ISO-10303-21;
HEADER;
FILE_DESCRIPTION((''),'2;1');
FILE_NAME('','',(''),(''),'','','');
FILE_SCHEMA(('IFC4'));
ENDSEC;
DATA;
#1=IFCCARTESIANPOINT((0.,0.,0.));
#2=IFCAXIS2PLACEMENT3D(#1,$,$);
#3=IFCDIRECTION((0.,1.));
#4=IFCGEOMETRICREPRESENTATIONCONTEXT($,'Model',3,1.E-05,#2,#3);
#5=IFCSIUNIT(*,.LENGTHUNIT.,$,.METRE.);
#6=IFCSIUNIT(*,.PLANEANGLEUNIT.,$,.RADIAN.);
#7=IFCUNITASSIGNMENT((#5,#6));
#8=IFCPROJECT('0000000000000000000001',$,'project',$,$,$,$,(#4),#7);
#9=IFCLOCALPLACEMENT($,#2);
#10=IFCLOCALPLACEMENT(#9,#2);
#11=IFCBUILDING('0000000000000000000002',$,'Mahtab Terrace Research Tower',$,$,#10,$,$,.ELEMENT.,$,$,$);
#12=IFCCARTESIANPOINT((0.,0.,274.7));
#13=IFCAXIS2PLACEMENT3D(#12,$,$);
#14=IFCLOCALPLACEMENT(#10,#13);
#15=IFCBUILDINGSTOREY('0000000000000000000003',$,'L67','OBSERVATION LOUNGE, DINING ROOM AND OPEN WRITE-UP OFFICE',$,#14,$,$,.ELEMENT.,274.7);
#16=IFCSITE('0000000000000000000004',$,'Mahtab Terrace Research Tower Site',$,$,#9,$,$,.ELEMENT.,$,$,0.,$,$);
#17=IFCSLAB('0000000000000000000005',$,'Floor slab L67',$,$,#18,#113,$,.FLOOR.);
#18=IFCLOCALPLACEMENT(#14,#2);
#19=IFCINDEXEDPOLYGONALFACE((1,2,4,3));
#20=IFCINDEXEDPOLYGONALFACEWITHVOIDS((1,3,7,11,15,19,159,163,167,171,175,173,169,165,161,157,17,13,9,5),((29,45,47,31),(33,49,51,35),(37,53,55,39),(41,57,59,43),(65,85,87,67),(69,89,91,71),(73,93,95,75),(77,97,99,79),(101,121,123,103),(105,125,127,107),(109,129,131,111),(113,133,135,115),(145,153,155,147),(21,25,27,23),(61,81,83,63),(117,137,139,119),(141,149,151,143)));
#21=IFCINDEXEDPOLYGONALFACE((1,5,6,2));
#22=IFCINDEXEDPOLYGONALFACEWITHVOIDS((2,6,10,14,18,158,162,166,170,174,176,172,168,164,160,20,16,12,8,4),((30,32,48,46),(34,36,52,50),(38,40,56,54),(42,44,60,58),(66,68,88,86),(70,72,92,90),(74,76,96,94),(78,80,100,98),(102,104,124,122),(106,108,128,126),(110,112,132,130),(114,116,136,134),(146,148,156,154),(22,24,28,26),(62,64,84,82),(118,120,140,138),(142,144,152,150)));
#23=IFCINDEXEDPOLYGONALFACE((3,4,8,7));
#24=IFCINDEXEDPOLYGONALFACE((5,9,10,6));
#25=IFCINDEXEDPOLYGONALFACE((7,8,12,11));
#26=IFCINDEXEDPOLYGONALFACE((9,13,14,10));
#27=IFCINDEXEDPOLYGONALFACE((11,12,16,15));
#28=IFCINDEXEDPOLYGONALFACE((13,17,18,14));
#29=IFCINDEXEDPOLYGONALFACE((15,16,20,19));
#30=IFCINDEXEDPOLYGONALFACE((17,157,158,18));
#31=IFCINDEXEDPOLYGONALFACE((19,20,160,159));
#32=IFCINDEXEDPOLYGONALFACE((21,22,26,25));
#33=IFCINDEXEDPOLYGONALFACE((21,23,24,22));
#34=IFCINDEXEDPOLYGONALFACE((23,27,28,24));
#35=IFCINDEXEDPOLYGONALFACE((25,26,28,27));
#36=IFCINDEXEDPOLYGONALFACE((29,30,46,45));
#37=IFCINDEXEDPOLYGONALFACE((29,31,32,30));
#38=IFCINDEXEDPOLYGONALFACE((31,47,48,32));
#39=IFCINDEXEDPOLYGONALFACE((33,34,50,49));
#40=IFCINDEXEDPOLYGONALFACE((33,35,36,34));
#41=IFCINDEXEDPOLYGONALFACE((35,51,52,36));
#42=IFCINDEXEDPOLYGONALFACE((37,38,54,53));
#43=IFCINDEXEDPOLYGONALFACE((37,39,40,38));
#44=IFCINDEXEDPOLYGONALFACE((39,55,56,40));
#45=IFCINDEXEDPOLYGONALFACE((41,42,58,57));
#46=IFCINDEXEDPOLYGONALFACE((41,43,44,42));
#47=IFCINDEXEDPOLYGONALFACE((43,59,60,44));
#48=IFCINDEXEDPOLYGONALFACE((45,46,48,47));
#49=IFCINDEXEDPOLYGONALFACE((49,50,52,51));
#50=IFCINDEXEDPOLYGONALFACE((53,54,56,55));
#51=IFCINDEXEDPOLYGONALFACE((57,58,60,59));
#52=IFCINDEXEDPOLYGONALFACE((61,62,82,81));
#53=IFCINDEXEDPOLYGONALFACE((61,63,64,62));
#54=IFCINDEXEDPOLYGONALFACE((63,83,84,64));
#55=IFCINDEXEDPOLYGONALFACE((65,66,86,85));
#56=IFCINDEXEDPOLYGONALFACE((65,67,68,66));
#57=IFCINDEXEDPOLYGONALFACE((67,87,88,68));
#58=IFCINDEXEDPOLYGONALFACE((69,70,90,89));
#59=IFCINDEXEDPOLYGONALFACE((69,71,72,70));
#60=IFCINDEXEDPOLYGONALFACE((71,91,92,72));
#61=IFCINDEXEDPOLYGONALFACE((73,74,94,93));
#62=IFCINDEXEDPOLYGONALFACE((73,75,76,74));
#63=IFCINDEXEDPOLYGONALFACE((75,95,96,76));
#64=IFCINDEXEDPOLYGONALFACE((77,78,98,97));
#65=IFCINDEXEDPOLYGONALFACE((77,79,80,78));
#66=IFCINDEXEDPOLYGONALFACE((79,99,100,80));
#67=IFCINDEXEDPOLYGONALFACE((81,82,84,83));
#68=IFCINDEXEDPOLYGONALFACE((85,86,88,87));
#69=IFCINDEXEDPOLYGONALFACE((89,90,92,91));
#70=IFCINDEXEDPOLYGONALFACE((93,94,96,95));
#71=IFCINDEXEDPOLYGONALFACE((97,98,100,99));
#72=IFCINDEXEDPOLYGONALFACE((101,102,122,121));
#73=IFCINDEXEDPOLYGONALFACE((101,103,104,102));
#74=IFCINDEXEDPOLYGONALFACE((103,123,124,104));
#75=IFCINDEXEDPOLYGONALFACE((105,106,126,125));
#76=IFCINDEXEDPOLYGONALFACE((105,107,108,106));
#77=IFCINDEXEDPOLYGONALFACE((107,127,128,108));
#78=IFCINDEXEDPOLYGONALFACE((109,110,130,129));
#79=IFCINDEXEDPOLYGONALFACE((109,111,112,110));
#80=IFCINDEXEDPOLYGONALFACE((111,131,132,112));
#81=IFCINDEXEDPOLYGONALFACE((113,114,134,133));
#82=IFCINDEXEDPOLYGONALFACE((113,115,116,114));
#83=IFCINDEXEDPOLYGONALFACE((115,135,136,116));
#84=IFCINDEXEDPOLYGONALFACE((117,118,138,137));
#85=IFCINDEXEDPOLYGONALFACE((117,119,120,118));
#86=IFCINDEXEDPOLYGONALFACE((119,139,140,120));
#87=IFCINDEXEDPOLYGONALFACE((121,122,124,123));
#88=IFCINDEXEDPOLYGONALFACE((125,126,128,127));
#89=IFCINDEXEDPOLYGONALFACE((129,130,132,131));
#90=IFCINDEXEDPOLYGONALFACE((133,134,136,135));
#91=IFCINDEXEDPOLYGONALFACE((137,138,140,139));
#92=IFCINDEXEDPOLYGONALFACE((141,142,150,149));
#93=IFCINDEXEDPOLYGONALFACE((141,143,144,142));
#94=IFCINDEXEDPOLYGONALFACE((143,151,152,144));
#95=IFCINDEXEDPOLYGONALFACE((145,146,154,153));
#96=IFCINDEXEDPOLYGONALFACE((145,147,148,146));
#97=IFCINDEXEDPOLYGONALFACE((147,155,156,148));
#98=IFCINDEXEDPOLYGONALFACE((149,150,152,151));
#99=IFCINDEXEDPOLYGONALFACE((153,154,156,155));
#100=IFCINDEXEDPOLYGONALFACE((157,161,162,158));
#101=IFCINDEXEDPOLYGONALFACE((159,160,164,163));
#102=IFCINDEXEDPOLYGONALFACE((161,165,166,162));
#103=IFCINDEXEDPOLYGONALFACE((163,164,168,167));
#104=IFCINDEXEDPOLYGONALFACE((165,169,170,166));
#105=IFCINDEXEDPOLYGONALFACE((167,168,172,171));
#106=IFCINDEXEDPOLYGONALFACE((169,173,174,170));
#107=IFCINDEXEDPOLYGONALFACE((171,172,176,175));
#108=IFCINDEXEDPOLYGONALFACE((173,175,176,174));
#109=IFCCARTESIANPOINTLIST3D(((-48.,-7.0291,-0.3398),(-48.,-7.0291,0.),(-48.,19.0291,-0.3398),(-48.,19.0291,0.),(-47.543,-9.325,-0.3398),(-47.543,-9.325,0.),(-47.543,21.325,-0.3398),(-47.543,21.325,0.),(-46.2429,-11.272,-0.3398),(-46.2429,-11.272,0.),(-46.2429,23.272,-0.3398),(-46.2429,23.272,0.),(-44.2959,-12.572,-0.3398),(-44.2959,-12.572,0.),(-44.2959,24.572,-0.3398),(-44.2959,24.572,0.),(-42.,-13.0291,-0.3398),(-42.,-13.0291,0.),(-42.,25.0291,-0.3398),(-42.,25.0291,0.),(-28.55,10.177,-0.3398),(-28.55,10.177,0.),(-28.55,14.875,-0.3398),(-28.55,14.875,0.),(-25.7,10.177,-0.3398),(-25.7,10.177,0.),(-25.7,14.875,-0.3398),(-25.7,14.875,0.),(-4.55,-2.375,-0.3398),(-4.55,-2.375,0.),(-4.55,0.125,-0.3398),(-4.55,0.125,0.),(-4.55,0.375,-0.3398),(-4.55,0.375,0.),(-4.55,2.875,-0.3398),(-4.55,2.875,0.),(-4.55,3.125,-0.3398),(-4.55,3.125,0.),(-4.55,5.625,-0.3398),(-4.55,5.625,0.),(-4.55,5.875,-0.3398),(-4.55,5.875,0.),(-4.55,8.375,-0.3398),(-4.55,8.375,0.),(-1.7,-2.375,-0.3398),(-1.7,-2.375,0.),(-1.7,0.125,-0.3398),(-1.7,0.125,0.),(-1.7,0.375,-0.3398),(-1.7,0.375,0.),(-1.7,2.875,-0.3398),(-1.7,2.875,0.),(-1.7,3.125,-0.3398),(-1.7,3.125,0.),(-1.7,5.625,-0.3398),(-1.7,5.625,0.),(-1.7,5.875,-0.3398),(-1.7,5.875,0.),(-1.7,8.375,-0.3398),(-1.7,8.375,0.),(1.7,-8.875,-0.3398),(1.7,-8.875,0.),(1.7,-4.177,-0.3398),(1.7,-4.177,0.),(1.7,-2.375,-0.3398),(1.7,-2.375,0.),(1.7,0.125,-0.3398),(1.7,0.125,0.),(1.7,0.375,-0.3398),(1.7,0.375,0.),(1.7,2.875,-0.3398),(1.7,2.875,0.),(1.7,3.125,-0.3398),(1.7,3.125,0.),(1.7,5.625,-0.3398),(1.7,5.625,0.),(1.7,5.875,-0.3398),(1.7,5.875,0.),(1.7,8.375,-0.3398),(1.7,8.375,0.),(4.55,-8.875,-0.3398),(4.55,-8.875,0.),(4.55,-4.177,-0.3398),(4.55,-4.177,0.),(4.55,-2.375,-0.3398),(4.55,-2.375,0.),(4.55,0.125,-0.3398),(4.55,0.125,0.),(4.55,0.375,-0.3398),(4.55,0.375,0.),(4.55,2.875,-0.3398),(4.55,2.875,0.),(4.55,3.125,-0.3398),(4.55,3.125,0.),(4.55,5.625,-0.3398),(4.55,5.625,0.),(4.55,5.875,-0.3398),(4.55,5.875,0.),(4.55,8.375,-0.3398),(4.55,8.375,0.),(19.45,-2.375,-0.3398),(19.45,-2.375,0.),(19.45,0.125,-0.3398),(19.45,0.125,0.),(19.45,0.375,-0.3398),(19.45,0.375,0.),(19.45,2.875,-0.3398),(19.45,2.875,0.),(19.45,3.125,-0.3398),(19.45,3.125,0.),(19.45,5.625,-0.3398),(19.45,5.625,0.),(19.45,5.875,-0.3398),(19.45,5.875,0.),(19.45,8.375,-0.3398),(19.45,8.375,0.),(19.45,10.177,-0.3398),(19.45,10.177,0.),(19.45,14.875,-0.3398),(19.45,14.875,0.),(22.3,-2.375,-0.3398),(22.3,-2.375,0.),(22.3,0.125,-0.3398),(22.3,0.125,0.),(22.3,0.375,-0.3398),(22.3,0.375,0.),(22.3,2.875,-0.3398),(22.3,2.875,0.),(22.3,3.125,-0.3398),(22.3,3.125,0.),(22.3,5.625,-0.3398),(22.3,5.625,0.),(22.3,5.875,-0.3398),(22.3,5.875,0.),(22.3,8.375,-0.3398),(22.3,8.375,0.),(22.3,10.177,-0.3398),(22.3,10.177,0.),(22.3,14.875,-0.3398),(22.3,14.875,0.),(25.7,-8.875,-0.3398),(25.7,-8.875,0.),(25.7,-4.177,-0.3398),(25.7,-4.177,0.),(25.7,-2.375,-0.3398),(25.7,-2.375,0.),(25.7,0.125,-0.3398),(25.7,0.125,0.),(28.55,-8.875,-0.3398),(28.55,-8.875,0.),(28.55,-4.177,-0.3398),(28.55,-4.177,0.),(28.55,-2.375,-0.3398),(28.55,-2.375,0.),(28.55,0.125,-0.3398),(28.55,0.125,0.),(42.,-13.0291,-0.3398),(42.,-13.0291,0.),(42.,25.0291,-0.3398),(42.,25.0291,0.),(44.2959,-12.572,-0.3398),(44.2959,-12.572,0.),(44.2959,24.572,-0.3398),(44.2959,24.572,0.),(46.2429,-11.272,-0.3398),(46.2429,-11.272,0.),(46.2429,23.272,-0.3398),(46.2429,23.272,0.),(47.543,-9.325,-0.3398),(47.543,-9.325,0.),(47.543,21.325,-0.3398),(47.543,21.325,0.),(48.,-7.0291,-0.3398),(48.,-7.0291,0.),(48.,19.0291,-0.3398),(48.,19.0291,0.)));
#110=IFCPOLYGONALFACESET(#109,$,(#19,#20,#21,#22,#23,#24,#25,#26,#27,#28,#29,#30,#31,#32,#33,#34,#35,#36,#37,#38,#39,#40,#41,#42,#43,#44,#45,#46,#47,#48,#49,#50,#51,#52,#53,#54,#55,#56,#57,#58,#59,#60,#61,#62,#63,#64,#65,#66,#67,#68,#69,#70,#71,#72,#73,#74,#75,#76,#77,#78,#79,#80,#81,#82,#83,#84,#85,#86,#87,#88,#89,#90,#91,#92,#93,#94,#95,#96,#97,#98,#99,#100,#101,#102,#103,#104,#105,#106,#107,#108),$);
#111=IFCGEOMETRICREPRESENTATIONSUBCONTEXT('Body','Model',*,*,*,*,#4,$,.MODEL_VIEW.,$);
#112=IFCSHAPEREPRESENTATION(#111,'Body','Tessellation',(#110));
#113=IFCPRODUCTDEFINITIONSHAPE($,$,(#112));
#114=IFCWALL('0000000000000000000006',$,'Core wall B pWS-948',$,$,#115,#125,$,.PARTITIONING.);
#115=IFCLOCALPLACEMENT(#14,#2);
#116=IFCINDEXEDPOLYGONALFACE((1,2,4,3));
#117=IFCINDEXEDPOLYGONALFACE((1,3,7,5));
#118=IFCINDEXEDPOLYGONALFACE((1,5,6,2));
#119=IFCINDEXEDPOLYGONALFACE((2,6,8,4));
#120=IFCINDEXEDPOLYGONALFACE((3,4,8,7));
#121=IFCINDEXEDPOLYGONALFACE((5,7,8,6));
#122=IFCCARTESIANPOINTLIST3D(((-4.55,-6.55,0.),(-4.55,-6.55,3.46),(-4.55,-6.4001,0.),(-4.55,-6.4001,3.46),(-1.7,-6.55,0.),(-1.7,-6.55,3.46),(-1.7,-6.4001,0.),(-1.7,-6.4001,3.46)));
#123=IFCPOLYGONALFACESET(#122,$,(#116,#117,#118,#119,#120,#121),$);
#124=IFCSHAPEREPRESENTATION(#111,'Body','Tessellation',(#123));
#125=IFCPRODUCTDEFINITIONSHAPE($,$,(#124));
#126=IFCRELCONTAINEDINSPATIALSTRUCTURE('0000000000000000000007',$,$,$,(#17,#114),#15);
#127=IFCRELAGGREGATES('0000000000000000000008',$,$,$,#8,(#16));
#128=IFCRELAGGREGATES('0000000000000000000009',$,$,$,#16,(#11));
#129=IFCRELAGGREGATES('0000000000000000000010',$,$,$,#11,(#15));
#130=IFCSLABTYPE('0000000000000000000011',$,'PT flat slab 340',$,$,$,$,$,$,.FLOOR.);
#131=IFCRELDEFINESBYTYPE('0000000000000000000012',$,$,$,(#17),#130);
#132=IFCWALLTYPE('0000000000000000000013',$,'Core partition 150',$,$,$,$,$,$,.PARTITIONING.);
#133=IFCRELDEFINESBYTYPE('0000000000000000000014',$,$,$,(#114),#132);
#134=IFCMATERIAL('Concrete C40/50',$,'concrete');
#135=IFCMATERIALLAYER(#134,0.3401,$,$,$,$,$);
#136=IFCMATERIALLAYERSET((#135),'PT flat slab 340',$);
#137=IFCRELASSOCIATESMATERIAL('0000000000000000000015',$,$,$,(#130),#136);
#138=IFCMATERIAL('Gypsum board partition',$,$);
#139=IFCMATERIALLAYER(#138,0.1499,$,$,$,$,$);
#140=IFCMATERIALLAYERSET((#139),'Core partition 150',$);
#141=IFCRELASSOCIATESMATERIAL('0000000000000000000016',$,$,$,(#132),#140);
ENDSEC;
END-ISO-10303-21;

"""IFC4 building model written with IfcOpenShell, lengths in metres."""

from ifc_helpers import new_model, si_unit, direction, frame, frame_2d, origin, place, context, subcontext, project, spatial, polyline, rectangle, outline, extrude, material, layer, layer_set, type_object, element, save


model = new_model("IFC4")

# Units and contexts
model_context = context("Model", 3, precision=1e-05, world=origin(), true_north=direction((0.0, 1.0)))
body_context = subcontext(model_context, "Body", "Model", "MODEL_VIEW")
ifc_project = project(units=[si_unit("LENGTHUNIT", "METRE"), si_unit("PLANEANGLEUNIT", "RADIAN")], contexts=[model_context])

# Site, building, storey
site_placement = place(None, origin())
site = spatial("IfcSite", under=ifc_project, at=site_placement, Name="Mahtab Terrace Research Tower Site", CompositionType="ELEMENT", RefElevation=0.0)
building_placement = place(site_placement, origin())
building = spatial("IfcBuilding", under=site, at=building_placement, Name="Mahtab Terrace Research Tower", CompositionType="ELEMENT")
storey_placement = place(building_placement, frame((0.0, 0.0, 274.7)))
storey = spatial("IfcBuildingStorey", under=building, at=storey_placement, Name="L67", Description="OBSERVATION LOUNGE, DINING ROOM AND OPEN WRITE-UP OFFICE", CompositionType="ELEMENT", Elevation=274.7)

# Shared definitions
ifc_material_1 = material(Name="Concrete C40/50", Category="concrete")

# Slab
ifc_layer_1 = layer(ifc_material_1, 0.3401)
ifc_layer_set_1 = layer_set([ifc_layer_1], Name="PT flat slab 340")
slab_type_1 = type_object("IfcSlabType", Name="PT flat slab 340", PredefinedType="FLOOR", material=ifc_layer_set_1)
slab_1_placement = place(storey_placement, frame((0.0, 0.0, -0.3398)))
element("IfcSlab", 1, at=slab_1_placement, inside=storey, type_object=slab_type_1, Name="Floor slab L67", PredefinedType="FLOOR", context=body_context, shape_type="SweptSolid", body=[
    extrude(outline(polyline([(47.543, 21.325), (46.2429, 23.272), (44.2959, 24.572), (42.0, 25.0291), (-42.0, 25.0291), (-44.2959, 24.572), (-46.2429, 23.272), (-47.543, 21.325), (-48.0, 19.0291), (-48.0, -7.0291), (-47.543, -9.325), (-46.2429, -11.272), (-44.2959, -12.572), (-42.0, -13.0291), (42.0, -13.0291), (44.2959, -12.572), (46.2429, -11.272), (47.543, -9.325), (48.0, -7.0291), (48.0, 19.0291), (47.543, 21.325)]), holes=[polyline([(-4.55, -2.375), (-4.55, 0.125), (-1.7, 0.125), (-1.7, -2.375), (-4.55, -2.375)]), polyline([(1.7, -2.375), (1.7, 0.125), (4.55, 0.125), (4.55, -2.375), (1.7, -2.375)]), polyline([(-4.55, 0.375), (-4.55, 2.875), (-1.7, 2.875), (-1.7, 0.375), (-4.55, 0.375)]), polyline([(1.7, 0.375), (1.7, 2.875), (4.55, 2.875), (4.55, 0.375), (1.7, 0.375)]), polyline([(-4.55, 3.125), (-4.55, 5.625), (-1.7, 5.625), (-1.7, 3.125), (-4.55, 3.125)]), polyline([(1.7, 3.125), (1.7, 5.625), (4.55, 5.625), (4.55, 3.125), (1.7, 3.125)]), polyline([(-4.55, 5.875), (-4.55, 8.375), (-1.7, 8.375), (-1.7, 5.875), (-4.55, 5.875)]), polyline([(1.7, 5.875), (1.7, 8.375), (4.55, 8.375), (4.55, 5.875), (1.7, 5.875)]), polyline([(-28.55, 10.177), (-28.55, 14.875), (-25.7, 14.875), (-25.7, 10.177), (-28.55, 10.177)]), polyline([(1.7, -8.875), (1.7, -4.177), (4.55, -4.177), (4.55, -8.875), (1.7, -8.875)]), polyline([(25.7, -8.875), (25.7, -4.177), (28.55, -4.177), (28.55, -8.875), (25.7, -8.875)]), polyline([(19.45, -2.375), (19.45, 0.125), (22.3, 0.125), (22.3, -2.375), (19.45, -2.375)]), polyline([(25.7, -2.375), (25.7, 0.125), (28.55, 0.125), (28.55, -2.375), (25.7, -2.375)]), polyline([(19.45, 0.375), (19.45, 2.875), (22.3, 2.875), (22.3, 0.375), (19.45, 0.375)]), polyline([(19.45, 3.125), (19.45, 5.625), (22.3, 5.625), (22.3, 3.125), (19.45, 3.125)]), polyline([(19.45, 8.375), (22.3, 8.375), (22.3, 5.875), (19.45, 5.875), (19.45, 8.375)]), polyline([(19.45, 14.875), (22.3, 14.875), (22.3, 10.177), (19.45, 10.177), (19.45, 14.875)])]), origin(), (0.0, 0.0, 1.0), 0.3398),
])

# Wall
ifc_material_2 = material(Name="Gypsum board partition")
ifc_layer_2 = layer(ifc_material_2, 0.1499)
ifc_layer_set_2 = layer_set([ifc_layer_2], Name="Core partition 150")
wall_type_1 = type_object("IfcWallType", Name="Core partition 150", PredefinedType="PARTITIONING", material=ifc_layer_set_2)
wall_1_placement = place(storey_placement, frame((-4.55, -6.4751, 0.0), z_axis=(0.0, 0.0, 1.0), x_axis=(1.0, 0.0, 0.0)))
element("IfcWall", 2, at=wall_1_placement, inside=storey, type_object=wall_type_1, Name="Core wall B pWS-948", PredefinedType="PARTITIONING", context=body_context, shape_type="SweptSolid", body=[
    extrude(rectangle(XDim=2.8501, YDim=0.1499, at=frame_2d((1.425, 0.0))), origin(), (0.0, 0.0, 1.0), 3.46),
])

save(model, "model.ifc")
